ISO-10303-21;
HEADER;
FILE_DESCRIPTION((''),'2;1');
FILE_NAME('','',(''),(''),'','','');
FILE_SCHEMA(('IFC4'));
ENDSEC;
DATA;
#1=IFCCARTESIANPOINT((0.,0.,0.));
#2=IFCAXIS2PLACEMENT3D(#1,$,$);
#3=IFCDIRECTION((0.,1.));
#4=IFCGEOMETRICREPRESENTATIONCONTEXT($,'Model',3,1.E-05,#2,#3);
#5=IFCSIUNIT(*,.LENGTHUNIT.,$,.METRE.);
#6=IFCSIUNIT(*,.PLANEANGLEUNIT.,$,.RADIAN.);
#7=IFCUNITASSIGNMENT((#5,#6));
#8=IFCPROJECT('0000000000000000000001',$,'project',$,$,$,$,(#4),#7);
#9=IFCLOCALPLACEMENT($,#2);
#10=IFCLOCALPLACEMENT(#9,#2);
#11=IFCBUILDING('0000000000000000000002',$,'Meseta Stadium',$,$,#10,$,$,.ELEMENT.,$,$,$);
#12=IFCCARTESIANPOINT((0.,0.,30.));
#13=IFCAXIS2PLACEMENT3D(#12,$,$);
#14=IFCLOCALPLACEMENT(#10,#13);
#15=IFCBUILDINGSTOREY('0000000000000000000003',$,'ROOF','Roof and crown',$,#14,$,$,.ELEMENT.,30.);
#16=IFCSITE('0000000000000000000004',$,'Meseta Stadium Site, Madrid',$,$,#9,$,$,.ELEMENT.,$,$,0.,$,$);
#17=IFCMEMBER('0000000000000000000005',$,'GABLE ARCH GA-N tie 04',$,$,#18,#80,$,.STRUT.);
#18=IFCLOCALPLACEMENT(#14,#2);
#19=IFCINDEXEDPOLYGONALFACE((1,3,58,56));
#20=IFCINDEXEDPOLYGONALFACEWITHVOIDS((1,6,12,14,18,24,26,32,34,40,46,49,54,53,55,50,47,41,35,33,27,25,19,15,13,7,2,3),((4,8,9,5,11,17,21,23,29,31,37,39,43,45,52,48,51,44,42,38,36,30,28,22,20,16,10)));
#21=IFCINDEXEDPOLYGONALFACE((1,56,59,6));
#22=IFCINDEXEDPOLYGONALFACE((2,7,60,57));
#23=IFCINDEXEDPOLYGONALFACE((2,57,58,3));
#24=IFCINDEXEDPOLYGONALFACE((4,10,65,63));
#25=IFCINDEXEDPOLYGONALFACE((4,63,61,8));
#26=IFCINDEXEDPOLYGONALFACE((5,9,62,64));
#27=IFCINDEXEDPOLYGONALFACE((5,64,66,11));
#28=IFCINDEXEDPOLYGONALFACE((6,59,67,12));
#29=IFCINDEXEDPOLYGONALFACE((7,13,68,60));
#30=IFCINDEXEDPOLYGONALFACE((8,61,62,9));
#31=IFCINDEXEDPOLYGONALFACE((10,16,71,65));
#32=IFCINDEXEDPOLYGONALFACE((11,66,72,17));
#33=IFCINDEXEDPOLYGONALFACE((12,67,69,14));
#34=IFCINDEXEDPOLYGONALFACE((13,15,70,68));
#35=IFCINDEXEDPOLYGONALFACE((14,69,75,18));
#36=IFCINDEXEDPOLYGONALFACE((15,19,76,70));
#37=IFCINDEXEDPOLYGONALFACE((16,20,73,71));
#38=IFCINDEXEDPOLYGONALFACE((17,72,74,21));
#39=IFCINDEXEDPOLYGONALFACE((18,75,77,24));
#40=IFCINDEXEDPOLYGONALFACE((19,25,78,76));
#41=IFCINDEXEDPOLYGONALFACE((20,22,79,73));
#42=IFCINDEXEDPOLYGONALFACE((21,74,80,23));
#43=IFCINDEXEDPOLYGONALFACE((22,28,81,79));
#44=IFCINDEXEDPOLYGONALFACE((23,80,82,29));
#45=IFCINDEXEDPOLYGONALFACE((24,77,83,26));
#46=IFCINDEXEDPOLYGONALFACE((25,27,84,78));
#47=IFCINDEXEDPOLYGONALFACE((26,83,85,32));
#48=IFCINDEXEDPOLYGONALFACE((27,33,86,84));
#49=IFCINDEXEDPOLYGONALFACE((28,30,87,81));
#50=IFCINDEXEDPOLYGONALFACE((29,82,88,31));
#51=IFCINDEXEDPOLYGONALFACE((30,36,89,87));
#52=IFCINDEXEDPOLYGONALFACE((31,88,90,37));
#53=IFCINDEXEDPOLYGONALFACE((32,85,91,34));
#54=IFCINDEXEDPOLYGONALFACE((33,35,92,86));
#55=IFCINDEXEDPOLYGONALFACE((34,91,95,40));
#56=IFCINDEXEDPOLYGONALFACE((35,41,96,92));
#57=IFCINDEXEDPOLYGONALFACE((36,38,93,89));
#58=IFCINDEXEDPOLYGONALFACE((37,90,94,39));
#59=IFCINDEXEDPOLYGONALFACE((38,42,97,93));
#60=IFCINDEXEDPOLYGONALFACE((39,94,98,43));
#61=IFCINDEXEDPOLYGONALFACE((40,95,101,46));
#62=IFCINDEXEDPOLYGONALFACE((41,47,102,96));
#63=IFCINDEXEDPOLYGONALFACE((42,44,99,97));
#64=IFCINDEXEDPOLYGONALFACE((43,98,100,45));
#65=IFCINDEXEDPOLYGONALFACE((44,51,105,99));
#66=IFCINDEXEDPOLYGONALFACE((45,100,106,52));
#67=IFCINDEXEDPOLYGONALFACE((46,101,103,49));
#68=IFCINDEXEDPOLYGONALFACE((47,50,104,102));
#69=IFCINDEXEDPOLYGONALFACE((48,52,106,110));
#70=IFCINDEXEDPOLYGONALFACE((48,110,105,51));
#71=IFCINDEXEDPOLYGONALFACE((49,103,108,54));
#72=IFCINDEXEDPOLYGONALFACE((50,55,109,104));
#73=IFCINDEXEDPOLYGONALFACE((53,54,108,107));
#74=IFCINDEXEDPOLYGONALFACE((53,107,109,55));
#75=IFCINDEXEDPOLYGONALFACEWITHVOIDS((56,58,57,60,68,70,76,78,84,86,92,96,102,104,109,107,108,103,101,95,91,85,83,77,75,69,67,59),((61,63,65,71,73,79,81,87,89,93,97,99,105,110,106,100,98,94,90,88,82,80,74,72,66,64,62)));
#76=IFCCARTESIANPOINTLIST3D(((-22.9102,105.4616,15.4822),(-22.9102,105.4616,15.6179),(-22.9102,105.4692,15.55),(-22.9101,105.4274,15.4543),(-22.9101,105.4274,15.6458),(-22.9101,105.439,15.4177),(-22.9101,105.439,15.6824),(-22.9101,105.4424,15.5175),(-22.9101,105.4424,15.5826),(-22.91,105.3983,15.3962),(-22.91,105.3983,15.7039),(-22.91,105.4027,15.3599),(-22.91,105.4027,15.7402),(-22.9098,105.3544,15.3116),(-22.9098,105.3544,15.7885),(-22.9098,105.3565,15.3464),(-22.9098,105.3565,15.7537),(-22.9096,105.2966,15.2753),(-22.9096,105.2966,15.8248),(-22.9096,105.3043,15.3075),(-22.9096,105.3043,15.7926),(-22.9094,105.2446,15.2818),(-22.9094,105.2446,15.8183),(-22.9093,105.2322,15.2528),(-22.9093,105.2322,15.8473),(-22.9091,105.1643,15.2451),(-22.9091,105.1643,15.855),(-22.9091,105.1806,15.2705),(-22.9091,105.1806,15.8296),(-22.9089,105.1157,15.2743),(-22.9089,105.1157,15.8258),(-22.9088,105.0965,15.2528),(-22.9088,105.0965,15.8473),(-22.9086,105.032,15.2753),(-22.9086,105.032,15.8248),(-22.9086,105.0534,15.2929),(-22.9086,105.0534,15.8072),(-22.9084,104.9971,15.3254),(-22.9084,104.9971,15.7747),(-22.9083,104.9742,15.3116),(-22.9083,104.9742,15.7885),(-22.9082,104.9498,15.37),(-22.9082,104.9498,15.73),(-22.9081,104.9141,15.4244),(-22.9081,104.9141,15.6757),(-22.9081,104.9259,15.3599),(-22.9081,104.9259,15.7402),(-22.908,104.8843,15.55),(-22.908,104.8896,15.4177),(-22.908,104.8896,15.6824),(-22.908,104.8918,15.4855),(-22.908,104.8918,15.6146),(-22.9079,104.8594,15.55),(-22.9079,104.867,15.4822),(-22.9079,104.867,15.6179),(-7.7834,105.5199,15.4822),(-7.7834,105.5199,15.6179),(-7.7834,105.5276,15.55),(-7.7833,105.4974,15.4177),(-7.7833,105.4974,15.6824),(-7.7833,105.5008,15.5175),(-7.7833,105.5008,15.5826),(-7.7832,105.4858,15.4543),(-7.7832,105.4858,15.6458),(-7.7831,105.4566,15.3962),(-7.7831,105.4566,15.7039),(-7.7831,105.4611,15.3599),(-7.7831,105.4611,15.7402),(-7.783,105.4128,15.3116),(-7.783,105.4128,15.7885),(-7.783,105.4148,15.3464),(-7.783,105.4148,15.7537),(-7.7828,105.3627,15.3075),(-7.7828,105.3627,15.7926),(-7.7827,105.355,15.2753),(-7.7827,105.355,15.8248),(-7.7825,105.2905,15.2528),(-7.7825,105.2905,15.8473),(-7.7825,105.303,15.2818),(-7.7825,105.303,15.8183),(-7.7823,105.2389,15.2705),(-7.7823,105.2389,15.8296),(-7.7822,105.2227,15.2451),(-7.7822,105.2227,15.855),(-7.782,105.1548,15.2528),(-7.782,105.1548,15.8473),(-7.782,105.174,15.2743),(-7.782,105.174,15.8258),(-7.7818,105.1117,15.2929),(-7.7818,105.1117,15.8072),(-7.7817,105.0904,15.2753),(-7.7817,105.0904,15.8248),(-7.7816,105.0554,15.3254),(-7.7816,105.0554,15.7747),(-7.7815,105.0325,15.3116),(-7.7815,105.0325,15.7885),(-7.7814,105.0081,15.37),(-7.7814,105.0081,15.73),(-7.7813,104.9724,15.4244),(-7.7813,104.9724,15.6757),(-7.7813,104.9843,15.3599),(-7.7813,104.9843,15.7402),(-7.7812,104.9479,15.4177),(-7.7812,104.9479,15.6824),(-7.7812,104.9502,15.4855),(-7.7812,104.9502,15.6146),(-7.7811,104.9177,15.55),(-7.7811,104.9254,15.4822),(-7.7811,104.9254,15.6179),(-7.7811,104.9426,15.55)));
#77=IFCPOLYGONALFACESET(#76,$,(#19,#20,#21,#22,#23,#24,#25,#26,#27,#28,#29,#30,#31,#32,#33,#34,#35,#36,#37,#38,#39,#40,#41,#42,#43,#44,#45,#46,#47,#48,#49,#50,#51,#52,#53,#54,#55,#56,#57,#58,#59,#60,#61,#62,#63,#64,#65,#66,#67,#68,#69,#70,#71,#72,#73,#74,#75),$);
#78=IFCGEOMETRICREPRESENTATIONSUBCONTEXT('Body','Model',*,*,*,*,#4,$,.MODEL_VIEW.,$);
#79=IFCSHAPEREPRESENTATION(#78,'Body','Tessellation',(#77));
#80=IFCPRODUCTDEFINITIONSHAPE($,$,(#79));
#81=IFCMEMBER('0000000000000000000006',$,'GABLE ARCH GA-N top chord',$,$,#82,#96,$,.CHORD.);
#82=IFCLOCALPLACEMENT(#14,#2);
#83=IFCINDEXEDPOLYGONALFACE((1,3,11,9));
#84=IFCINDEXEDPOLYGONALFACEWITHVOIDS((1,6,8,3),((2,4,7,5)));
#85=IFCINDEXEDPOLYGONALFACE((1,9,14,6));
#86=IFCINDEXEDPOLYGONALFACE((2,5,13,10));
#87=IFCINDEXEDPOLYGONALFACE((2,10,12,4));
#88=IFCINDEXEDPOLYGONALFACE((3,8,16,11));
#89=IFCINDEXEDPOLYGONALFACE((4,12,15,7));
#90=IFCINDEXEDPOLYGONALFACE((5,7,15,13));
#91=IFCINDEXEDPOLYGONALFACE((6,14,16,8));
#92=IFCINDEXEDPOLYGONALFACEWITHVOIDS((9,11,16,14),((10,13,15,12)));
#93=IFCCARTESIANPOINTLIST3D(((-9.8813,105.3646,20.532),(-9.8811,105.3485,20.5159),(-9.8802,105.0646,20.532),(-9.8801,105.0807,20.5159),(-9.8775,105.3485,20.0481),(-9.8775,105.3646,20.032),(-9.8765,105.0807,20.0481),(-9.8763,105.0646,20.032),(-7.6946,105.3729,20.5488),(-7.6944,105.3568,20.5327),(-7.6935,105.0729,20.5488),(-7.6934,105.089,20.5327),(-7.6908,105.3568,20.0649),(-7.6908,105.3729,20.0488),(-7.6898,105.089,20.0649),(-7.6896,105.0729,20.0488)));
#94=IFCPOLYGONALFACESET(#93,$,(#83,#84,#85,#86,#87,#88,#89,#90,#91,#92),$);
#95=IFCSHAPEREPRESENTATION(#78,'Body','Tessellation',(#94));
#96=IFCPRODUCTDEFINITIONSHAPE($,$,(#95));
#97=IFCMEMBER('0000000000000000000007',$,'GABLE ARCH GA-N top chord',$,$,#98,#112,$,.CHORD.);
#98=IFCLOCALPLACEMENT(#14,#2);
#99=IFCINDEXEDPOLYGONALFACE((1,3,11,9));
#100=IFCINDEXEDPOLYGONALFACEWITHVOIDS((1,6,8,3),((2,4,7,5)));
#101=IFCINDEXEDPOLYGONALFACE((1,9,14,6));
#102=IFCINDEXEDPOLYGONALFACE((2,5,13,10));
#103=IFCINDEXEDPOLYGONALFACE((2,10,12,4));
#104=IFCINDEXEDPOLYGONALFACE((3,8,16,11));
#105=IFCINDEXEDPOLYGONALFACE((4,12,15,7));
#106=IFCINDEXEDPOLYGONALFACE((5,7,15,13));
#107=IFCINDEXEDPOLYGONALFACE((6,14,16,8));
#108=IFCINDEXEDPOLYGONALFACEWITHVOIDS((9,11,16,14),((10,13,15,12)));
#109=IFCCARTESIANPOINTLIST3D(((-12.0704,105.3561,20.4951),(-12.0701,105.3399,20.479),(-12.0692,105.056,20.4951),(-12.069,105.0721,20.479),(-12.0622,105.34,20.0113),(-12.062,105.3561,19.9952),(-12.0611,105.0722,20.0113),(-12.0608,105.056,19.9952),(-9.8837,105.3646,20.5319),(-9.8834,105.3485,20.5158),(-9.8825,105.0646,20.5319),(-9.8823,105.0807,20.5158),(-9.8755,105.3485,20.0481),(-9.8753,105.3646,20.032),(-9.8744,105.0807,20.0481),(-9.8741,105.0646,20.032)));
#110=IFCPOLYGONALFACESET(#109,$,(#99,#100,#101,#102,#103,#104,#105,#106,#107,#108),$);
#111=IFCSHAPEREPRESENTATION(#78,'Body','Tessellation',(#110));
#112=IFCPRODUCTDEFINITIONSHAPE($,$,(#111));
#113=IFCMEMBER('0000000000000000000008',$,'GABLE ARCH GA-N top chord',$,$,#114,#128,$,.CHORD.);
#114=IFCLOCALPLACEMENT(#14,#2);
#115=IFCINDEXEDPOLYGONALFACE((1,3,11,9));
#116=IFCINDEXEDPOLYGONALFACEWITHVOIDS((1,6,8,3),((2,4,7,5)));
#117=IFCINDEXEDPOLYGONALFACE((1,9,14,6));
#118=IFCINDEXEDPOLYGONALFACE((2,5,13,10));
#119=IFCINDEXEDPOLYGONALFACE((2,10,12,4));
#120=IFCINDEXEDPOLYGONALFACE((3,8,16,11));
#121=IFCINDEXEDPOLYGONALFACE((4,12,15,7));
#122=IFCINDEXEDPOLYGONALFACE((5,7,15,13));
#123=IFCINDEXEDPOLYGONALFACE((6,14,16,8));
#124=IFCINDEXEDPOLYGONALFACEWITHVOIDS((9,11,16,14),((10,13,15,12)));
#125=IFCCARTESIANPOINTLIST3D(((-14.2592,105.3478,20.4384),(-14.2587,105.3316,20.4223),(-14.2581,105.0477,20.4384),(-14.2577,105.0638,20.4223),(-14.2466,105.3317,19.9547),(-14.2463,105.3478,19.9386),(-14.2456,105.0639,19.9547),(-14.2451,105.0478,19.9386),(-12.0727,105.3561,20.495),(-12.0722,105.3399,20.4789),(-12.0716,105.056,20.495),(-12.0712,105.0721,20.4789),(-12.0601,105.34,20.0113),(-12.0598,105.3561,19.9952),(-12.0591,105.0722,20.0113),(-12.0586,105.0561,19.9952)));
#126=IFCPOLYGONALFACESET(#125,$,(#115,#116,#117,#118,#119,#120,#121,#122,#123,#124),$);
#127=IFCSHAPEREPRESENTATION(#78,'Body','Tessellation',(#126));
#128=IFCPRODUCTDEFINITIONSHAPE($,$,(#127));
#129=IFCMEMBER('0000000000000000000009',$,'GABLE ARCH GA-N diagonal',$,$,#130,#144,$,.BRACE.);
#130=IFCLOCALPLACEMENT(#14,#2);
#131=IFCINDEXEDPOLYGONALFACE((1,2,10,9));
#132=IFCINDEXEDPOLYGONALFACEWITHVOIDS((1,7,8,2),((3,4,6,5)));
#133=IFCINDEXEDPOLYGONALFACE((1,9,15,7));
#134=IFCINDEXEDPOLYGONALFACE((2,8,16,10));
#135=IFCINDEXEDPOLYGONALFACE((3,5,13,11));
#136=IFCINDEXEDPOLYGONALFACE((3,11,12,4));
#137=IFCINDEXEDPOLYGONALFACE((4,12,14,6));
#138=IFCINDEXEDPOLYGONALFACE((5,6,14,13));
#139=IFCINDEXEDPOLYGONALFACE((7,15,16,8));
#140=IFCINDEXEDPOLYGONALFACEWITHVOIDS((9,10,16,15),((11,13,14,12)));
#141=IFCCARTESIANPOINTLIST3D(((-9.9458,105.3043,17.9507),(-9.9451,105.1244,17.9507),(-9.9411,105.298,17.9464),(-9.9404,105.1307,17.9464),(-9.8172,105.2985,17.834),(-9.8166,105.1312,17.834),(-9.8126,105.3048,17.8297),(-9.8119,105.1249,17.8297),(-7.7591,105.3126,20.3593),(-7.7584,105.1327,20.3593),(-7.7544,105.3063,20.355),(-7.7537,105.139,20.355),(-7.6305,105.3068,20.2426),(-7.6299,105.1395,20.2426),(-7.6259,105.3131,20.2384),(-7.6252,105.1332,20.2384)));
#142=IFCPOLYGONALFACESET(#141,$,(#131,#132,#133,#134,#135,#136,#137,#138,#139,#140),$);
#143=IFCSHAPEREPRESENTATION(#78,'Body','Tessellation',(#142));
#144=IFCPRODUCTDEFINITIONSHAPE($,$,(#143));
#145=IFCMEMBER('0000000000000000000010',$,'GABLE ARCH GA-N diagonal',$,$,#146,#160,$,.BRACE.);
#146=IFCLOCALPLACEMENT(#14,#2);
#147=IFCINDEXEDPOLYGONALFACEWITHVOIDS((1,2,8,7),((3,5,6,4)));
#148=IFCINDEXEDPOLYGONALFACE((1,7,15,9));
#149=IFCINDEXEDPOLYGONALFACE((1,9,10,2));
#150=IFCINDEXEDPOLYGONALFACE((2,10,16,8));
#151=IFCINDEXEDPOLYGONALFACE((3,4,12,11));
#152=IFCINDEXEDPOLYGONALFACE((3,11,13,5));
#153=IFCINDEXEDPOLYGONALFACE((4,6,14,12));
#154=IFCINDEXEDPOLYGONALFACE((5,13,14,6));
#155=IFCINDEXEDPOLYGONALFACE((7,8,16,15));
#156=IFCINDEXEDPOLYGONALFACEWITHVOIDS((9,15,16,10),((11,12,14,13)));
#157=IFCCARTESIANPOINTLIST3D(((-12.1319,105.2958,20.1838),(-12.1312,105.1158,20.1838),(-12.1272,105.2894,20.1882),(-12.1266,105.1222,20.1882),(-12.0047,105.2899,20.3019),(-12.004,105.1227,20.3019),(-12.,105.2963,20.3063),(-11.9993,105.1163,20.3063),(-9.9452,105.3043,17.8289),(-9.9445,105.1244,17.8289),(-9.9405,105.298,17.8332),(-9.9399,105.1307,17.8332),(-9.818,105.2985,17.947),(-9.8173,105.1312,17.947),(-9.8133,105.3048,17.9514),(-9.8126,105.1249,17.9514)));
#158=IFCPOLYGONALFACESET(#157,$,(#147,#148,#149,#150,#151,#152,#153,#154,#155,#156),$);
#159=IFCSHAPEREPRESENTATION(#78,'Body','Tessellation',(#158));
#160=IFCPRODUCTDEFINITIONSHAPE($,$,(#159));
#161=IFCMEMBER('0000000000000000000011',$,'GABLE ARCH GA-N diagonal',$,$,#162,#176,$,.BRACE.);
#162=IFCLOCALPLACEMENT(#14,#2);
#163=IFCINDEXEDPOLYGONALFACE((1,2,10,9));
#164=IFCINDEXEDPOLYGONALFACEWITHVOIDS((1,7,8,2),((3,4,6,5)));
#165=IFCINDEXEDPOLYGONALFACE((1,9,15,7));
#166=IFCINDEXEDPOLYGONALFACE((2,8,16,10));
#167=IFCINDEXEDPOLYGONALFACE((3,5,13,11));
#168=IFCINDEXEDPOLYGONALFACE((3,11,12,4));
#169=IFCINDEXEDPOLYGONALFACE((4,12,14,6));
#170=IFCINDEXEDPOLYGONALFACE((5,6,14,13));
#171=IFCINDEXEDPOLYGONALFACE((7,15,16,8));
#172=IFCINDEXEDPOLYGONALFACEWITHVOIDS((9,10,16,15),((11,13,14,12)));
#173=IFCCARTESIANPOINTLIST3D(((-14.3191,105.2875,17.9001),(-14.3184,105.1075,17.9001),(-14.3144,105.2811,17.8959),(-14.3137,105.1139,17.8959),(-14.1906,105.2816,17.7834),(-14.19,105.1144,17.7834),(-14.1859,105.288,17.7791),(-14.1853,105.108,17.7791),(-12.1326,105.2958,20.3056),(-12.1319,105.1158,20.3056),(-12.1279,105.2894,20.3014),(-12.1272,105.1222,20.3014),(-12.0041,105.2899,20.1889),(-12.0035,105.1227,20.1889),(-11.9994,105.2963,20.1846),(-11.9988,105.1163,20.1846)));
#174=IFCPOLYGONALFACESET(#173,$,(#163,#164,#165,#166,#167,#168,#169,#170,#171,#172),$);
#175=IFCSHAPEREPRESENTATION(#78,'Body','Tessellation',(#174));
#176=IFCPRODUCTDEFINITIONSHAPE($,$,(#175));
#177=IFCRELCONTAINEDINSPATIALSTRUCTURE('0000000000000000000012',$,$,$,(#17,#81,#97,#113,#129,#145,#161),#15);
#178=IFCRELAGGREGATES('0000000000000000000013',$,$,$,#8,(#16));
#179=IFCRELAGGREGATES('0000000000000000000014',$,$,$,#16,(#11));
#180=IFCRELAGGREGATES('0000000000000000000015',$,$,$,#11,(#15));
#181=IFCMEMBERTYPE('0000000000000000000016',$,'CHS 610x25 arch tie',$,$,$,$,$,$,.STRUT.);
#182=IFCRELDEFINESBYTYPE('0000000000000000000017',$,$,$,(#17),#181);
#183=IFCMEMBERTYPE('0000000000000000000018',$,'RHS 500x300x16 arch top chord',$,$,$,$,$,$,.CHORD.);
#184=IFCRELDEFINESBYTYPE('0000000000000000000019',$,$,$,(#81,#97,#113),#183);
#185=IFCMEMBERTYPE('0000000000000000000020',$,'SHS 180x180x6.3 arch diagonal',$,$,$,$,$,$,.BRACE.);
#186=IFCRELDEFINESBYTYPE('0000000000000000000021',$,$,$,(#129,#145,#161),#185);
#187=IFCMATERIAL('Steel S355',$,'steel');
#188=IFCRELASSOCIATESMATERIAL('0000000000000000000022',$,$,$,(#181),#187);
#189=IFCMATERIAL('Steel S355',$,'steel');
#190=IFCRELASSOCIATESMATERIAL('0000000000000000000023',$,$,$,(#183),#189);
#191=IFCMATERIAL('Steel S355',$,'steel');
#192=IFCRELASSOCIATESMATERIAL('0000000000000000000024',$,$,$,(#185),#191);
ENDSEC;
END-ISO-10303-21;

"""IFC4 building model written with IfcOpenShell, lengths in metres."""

from ifc_helpers import new_model, si_unit, direction, frame, origin, origin_2d, place, context, subcontext, project, spatial, hollow_rectangle, hollow_circle, extrude, material, material_profile, profile_set, type_object, element, save


model = new_model("IFC4")

# Units and contexts
model_context = context("Model", 3, precision=1e-05, world=origin(), true_north=direction((0.0, 1.0)))
body_context = subcontext(model_context, "Body", "Model", "MODEL_VIEW")
ifc_project = project(units=[si_unit("LENGTHUNIT", "METRE"), si_unit("PLANEANGLEUNIT", "RADIAN")], contexts=[model_context])

# Site, building, storey
site_placement = place(None, origin())
site = spatial("IfcSite", under=ifc_project, at=site_placement, Name="Meseta Stadium Site, Madrid", CompositionType="ELEMENT", RefElevation=0.0)
building_placement = place(site_placement, origin())
building = spatial("IfcBuilding", under=site, at=building_placement, Name="Meseta Stadium", CompositionType="ELEMENT")
storey_placement = place(building_placement, frame((0.0, 0.0, 30.0)))
storey = spatial("IfcBuildingStorey", under=building, at=storey_placement, Name="ROOF", Description="Roof and crown", CompositionType="ELEMENT", Elevation=30.0)

# Members
ifc_material_1 = material(Name="Steel S355", Category="steel")
ifc_material_profile_1 = material_profile(ifc_material_1, hollow_circle(Radius=0.3049, WallThickness=0.0249, at=origin_2d()), Name="CHS 610x25")
ifc_profile_set_1 = profile_set([ifc_material_profile_1], Name="Steel S355")
member_type_1 = type_object("IfcMemberType", Name="CHS 610x25 arch tie", PredefinedType="STRUT", material=ifc_profile_set_1)
member_1_placement = place(storey_placement, frame((-7.7822, 105.2227, 15.55), z_axis=(-0.999993, -0.003857, 0.0), x_axis=(0.003857, -0.999993, 0.0)))
element("IfcMember", 1, at=member_1_placement, inside=storey, type_object=member_type_1, Name="GABLE ARCH GA-N tie 04", PredefinedType="STRUT", context=body_context, shape_type="SweptSolid", body=[
    extrude(hollow_circle(Radius=0.3049, WallThickness=0.0249, at=origin_2d()), origin(), (0.0, 0.0, 1.0), 15.127),
])
ifc_material_2 = material(Name="Steel S355", Category="steel")
ifc_material_profile_2 = material_profile(ifc_material_2, hollow_rectangle(XDim=0.3, YDim=0.5, WallThickness=0.0161, at=origin_2d()), Name="RHS 500x300x16")
ifc_profile_set_2 = profile_set([ifc_material_profile_2], Name="Steel S355")
member_type_2 = type_object("IfcMemberType", Name="RHS 500x300x16 arch top chord", PredefinedType="CHORD", material=ifc_profile_set_2)
member_2_placement = place(storey_placement, frame((-7.6921, 105.2229, 20.2988), z_axis=(-0.999963, -0.003796, -0.007703), x_axis=(0.003796, -0.999993, 0.0)))
element("IfcMember", 2, at=member_2_placement, inside=storey, type_object=member_type_2, Name="GABLE ARCH GA-N top chord", PredefinedType="CHORD", context=body_context, shape_type="SweptSolid", body=[
    extrude(hollow_rectangle(XDim=0.3, YDim=0.5, WallThickness=0.0161, at=origin_2d()), origin(), (0.0, 0.0, 1.0), 2.1868),
])
member_3_placement = place(storey_placement, frame((-9.8789, 105.2146, 20.282), z_axis=(-0.99985, -0.003907, -0.016856), x_axis=(0.003908, -0.999992, 0.0)))
element("IfcMember", 3, at=member_3_placement, inside=storey, type_object=member_type_2, Name="GABLE ARCH GA-N top chord", PredefinedType="CHORD", context=body_context, shape_type="SweptSolid", body=[
    extrude(hollow_rectangle(XDim=0.3, YDim=0.5, WallThickness=0.0161, at=origin_2d()), origin(), (0.0, 0.0, 1.0), 2.187),
])
member_4_placement = place(storey_placement, frame((-12.0657, 105.2061, 20.2451), z_axis=(-0.999657, -0.003795, -0.025896), x_axis=(0.003796, -0.999993, 0.0)))
element("IfcMember", 4, at=member_4_placement, inside=storey, type_object=member_type_2, Name="GABLE ARCH GA-N top chord", PredefinedType="CHORD", context=body_context, shape_type="SweptSolid", body=[
    extrude(hollow_rectangle(XDim=0.3, YDim=0.5, WallThickness=0.0161, at=origin_2d()), origin(), (0.0, 0.0, 1.0), 2.1873),
])
ifc_material_3 = material(Name="Steel S355", Category="steel")
ifc_material_profile_3 = material_profile(ifc_material_3, hollow_rectangle(XDim=0.1799, YDim=0.1799, WallThickness=0.0063, at=origin_2d()), Name="SHS 180x180x6.3")
ifc_profile_set_3 = profile_set([ifc_material_profile_3], Name="Steel S355")
member_type_3 = type_object("IfcMemberType", Name="SHS 180x180x6.3 arch diagonal", PredefinedType="BRACE", material=ifc_profile_set_3)
member_5_placement = place(storey_placement, frame((-7.6921, 105.2229, 20.2988), z_axis=(-0.672174, -0.002552, -0.740389), x_axis=(0.003796, -0.999993, 0.0)))
element("IfcMember", 5, at=member_5_placement, inside=storey, type_object=member_type_3, Name="GABLE ARCH GA-N diagonal", PredefinedType="BRACE", context=body_context, shape_type="SweptSolid", body=[
    extrude(hollow_rectangle(XDim=0.1799, YDim=0.1799, WallThickness=0.0063, at=origin_2d()), origin(), (0.0, 0.0, 1.0), 3.2532),
])
member_6_placement = place(storey_placement, frame((-9.8789, 105.2146, 17.8901), z_axis=(-0.680449, -0.002659, 0.732791), x_axis=(0.003908, -0.999992, 0.0)))
element("IfcMember", 6, at=member_6_placement, inside=storey, type_object=member_type_3, Name="GABLE ARCH GA-N diagonal", PredefinedType="BRACE", context=body_context, shape_type="SweptSolid", body=[
    extrude(hollow_rectangle(XDim=0.1799, YDim=0.1799, WallThickness=0.0063, at=origin_2d()), origin(), (0.0, 0.0, 1.0), 3.2136),
])
member_7_placement = place(storey_placement, frame((-12.0657, 105.2061, 20.2451), z_axis=(-0.672618, -0.002553, -0.739985), x_axis=(0.003796, -0.999993, 0.0)))
element("IfcMember", 7, at=member_7_placement, inside=storey, type_object=member_type_3, Name="GABLE ARCH GA-N diagonal", PredefinedType="BRACE", context=body_context, shape_type="SweptSolid", body=[
    extrude(hollow_rectangle(XDim=0.1799, YDim=0.1799, WallThickness=0.0063, at=origin_2d()), origin(), (0.0, 0.0, 1.0), 3.2507),
])

save(model, "model.ifc")
